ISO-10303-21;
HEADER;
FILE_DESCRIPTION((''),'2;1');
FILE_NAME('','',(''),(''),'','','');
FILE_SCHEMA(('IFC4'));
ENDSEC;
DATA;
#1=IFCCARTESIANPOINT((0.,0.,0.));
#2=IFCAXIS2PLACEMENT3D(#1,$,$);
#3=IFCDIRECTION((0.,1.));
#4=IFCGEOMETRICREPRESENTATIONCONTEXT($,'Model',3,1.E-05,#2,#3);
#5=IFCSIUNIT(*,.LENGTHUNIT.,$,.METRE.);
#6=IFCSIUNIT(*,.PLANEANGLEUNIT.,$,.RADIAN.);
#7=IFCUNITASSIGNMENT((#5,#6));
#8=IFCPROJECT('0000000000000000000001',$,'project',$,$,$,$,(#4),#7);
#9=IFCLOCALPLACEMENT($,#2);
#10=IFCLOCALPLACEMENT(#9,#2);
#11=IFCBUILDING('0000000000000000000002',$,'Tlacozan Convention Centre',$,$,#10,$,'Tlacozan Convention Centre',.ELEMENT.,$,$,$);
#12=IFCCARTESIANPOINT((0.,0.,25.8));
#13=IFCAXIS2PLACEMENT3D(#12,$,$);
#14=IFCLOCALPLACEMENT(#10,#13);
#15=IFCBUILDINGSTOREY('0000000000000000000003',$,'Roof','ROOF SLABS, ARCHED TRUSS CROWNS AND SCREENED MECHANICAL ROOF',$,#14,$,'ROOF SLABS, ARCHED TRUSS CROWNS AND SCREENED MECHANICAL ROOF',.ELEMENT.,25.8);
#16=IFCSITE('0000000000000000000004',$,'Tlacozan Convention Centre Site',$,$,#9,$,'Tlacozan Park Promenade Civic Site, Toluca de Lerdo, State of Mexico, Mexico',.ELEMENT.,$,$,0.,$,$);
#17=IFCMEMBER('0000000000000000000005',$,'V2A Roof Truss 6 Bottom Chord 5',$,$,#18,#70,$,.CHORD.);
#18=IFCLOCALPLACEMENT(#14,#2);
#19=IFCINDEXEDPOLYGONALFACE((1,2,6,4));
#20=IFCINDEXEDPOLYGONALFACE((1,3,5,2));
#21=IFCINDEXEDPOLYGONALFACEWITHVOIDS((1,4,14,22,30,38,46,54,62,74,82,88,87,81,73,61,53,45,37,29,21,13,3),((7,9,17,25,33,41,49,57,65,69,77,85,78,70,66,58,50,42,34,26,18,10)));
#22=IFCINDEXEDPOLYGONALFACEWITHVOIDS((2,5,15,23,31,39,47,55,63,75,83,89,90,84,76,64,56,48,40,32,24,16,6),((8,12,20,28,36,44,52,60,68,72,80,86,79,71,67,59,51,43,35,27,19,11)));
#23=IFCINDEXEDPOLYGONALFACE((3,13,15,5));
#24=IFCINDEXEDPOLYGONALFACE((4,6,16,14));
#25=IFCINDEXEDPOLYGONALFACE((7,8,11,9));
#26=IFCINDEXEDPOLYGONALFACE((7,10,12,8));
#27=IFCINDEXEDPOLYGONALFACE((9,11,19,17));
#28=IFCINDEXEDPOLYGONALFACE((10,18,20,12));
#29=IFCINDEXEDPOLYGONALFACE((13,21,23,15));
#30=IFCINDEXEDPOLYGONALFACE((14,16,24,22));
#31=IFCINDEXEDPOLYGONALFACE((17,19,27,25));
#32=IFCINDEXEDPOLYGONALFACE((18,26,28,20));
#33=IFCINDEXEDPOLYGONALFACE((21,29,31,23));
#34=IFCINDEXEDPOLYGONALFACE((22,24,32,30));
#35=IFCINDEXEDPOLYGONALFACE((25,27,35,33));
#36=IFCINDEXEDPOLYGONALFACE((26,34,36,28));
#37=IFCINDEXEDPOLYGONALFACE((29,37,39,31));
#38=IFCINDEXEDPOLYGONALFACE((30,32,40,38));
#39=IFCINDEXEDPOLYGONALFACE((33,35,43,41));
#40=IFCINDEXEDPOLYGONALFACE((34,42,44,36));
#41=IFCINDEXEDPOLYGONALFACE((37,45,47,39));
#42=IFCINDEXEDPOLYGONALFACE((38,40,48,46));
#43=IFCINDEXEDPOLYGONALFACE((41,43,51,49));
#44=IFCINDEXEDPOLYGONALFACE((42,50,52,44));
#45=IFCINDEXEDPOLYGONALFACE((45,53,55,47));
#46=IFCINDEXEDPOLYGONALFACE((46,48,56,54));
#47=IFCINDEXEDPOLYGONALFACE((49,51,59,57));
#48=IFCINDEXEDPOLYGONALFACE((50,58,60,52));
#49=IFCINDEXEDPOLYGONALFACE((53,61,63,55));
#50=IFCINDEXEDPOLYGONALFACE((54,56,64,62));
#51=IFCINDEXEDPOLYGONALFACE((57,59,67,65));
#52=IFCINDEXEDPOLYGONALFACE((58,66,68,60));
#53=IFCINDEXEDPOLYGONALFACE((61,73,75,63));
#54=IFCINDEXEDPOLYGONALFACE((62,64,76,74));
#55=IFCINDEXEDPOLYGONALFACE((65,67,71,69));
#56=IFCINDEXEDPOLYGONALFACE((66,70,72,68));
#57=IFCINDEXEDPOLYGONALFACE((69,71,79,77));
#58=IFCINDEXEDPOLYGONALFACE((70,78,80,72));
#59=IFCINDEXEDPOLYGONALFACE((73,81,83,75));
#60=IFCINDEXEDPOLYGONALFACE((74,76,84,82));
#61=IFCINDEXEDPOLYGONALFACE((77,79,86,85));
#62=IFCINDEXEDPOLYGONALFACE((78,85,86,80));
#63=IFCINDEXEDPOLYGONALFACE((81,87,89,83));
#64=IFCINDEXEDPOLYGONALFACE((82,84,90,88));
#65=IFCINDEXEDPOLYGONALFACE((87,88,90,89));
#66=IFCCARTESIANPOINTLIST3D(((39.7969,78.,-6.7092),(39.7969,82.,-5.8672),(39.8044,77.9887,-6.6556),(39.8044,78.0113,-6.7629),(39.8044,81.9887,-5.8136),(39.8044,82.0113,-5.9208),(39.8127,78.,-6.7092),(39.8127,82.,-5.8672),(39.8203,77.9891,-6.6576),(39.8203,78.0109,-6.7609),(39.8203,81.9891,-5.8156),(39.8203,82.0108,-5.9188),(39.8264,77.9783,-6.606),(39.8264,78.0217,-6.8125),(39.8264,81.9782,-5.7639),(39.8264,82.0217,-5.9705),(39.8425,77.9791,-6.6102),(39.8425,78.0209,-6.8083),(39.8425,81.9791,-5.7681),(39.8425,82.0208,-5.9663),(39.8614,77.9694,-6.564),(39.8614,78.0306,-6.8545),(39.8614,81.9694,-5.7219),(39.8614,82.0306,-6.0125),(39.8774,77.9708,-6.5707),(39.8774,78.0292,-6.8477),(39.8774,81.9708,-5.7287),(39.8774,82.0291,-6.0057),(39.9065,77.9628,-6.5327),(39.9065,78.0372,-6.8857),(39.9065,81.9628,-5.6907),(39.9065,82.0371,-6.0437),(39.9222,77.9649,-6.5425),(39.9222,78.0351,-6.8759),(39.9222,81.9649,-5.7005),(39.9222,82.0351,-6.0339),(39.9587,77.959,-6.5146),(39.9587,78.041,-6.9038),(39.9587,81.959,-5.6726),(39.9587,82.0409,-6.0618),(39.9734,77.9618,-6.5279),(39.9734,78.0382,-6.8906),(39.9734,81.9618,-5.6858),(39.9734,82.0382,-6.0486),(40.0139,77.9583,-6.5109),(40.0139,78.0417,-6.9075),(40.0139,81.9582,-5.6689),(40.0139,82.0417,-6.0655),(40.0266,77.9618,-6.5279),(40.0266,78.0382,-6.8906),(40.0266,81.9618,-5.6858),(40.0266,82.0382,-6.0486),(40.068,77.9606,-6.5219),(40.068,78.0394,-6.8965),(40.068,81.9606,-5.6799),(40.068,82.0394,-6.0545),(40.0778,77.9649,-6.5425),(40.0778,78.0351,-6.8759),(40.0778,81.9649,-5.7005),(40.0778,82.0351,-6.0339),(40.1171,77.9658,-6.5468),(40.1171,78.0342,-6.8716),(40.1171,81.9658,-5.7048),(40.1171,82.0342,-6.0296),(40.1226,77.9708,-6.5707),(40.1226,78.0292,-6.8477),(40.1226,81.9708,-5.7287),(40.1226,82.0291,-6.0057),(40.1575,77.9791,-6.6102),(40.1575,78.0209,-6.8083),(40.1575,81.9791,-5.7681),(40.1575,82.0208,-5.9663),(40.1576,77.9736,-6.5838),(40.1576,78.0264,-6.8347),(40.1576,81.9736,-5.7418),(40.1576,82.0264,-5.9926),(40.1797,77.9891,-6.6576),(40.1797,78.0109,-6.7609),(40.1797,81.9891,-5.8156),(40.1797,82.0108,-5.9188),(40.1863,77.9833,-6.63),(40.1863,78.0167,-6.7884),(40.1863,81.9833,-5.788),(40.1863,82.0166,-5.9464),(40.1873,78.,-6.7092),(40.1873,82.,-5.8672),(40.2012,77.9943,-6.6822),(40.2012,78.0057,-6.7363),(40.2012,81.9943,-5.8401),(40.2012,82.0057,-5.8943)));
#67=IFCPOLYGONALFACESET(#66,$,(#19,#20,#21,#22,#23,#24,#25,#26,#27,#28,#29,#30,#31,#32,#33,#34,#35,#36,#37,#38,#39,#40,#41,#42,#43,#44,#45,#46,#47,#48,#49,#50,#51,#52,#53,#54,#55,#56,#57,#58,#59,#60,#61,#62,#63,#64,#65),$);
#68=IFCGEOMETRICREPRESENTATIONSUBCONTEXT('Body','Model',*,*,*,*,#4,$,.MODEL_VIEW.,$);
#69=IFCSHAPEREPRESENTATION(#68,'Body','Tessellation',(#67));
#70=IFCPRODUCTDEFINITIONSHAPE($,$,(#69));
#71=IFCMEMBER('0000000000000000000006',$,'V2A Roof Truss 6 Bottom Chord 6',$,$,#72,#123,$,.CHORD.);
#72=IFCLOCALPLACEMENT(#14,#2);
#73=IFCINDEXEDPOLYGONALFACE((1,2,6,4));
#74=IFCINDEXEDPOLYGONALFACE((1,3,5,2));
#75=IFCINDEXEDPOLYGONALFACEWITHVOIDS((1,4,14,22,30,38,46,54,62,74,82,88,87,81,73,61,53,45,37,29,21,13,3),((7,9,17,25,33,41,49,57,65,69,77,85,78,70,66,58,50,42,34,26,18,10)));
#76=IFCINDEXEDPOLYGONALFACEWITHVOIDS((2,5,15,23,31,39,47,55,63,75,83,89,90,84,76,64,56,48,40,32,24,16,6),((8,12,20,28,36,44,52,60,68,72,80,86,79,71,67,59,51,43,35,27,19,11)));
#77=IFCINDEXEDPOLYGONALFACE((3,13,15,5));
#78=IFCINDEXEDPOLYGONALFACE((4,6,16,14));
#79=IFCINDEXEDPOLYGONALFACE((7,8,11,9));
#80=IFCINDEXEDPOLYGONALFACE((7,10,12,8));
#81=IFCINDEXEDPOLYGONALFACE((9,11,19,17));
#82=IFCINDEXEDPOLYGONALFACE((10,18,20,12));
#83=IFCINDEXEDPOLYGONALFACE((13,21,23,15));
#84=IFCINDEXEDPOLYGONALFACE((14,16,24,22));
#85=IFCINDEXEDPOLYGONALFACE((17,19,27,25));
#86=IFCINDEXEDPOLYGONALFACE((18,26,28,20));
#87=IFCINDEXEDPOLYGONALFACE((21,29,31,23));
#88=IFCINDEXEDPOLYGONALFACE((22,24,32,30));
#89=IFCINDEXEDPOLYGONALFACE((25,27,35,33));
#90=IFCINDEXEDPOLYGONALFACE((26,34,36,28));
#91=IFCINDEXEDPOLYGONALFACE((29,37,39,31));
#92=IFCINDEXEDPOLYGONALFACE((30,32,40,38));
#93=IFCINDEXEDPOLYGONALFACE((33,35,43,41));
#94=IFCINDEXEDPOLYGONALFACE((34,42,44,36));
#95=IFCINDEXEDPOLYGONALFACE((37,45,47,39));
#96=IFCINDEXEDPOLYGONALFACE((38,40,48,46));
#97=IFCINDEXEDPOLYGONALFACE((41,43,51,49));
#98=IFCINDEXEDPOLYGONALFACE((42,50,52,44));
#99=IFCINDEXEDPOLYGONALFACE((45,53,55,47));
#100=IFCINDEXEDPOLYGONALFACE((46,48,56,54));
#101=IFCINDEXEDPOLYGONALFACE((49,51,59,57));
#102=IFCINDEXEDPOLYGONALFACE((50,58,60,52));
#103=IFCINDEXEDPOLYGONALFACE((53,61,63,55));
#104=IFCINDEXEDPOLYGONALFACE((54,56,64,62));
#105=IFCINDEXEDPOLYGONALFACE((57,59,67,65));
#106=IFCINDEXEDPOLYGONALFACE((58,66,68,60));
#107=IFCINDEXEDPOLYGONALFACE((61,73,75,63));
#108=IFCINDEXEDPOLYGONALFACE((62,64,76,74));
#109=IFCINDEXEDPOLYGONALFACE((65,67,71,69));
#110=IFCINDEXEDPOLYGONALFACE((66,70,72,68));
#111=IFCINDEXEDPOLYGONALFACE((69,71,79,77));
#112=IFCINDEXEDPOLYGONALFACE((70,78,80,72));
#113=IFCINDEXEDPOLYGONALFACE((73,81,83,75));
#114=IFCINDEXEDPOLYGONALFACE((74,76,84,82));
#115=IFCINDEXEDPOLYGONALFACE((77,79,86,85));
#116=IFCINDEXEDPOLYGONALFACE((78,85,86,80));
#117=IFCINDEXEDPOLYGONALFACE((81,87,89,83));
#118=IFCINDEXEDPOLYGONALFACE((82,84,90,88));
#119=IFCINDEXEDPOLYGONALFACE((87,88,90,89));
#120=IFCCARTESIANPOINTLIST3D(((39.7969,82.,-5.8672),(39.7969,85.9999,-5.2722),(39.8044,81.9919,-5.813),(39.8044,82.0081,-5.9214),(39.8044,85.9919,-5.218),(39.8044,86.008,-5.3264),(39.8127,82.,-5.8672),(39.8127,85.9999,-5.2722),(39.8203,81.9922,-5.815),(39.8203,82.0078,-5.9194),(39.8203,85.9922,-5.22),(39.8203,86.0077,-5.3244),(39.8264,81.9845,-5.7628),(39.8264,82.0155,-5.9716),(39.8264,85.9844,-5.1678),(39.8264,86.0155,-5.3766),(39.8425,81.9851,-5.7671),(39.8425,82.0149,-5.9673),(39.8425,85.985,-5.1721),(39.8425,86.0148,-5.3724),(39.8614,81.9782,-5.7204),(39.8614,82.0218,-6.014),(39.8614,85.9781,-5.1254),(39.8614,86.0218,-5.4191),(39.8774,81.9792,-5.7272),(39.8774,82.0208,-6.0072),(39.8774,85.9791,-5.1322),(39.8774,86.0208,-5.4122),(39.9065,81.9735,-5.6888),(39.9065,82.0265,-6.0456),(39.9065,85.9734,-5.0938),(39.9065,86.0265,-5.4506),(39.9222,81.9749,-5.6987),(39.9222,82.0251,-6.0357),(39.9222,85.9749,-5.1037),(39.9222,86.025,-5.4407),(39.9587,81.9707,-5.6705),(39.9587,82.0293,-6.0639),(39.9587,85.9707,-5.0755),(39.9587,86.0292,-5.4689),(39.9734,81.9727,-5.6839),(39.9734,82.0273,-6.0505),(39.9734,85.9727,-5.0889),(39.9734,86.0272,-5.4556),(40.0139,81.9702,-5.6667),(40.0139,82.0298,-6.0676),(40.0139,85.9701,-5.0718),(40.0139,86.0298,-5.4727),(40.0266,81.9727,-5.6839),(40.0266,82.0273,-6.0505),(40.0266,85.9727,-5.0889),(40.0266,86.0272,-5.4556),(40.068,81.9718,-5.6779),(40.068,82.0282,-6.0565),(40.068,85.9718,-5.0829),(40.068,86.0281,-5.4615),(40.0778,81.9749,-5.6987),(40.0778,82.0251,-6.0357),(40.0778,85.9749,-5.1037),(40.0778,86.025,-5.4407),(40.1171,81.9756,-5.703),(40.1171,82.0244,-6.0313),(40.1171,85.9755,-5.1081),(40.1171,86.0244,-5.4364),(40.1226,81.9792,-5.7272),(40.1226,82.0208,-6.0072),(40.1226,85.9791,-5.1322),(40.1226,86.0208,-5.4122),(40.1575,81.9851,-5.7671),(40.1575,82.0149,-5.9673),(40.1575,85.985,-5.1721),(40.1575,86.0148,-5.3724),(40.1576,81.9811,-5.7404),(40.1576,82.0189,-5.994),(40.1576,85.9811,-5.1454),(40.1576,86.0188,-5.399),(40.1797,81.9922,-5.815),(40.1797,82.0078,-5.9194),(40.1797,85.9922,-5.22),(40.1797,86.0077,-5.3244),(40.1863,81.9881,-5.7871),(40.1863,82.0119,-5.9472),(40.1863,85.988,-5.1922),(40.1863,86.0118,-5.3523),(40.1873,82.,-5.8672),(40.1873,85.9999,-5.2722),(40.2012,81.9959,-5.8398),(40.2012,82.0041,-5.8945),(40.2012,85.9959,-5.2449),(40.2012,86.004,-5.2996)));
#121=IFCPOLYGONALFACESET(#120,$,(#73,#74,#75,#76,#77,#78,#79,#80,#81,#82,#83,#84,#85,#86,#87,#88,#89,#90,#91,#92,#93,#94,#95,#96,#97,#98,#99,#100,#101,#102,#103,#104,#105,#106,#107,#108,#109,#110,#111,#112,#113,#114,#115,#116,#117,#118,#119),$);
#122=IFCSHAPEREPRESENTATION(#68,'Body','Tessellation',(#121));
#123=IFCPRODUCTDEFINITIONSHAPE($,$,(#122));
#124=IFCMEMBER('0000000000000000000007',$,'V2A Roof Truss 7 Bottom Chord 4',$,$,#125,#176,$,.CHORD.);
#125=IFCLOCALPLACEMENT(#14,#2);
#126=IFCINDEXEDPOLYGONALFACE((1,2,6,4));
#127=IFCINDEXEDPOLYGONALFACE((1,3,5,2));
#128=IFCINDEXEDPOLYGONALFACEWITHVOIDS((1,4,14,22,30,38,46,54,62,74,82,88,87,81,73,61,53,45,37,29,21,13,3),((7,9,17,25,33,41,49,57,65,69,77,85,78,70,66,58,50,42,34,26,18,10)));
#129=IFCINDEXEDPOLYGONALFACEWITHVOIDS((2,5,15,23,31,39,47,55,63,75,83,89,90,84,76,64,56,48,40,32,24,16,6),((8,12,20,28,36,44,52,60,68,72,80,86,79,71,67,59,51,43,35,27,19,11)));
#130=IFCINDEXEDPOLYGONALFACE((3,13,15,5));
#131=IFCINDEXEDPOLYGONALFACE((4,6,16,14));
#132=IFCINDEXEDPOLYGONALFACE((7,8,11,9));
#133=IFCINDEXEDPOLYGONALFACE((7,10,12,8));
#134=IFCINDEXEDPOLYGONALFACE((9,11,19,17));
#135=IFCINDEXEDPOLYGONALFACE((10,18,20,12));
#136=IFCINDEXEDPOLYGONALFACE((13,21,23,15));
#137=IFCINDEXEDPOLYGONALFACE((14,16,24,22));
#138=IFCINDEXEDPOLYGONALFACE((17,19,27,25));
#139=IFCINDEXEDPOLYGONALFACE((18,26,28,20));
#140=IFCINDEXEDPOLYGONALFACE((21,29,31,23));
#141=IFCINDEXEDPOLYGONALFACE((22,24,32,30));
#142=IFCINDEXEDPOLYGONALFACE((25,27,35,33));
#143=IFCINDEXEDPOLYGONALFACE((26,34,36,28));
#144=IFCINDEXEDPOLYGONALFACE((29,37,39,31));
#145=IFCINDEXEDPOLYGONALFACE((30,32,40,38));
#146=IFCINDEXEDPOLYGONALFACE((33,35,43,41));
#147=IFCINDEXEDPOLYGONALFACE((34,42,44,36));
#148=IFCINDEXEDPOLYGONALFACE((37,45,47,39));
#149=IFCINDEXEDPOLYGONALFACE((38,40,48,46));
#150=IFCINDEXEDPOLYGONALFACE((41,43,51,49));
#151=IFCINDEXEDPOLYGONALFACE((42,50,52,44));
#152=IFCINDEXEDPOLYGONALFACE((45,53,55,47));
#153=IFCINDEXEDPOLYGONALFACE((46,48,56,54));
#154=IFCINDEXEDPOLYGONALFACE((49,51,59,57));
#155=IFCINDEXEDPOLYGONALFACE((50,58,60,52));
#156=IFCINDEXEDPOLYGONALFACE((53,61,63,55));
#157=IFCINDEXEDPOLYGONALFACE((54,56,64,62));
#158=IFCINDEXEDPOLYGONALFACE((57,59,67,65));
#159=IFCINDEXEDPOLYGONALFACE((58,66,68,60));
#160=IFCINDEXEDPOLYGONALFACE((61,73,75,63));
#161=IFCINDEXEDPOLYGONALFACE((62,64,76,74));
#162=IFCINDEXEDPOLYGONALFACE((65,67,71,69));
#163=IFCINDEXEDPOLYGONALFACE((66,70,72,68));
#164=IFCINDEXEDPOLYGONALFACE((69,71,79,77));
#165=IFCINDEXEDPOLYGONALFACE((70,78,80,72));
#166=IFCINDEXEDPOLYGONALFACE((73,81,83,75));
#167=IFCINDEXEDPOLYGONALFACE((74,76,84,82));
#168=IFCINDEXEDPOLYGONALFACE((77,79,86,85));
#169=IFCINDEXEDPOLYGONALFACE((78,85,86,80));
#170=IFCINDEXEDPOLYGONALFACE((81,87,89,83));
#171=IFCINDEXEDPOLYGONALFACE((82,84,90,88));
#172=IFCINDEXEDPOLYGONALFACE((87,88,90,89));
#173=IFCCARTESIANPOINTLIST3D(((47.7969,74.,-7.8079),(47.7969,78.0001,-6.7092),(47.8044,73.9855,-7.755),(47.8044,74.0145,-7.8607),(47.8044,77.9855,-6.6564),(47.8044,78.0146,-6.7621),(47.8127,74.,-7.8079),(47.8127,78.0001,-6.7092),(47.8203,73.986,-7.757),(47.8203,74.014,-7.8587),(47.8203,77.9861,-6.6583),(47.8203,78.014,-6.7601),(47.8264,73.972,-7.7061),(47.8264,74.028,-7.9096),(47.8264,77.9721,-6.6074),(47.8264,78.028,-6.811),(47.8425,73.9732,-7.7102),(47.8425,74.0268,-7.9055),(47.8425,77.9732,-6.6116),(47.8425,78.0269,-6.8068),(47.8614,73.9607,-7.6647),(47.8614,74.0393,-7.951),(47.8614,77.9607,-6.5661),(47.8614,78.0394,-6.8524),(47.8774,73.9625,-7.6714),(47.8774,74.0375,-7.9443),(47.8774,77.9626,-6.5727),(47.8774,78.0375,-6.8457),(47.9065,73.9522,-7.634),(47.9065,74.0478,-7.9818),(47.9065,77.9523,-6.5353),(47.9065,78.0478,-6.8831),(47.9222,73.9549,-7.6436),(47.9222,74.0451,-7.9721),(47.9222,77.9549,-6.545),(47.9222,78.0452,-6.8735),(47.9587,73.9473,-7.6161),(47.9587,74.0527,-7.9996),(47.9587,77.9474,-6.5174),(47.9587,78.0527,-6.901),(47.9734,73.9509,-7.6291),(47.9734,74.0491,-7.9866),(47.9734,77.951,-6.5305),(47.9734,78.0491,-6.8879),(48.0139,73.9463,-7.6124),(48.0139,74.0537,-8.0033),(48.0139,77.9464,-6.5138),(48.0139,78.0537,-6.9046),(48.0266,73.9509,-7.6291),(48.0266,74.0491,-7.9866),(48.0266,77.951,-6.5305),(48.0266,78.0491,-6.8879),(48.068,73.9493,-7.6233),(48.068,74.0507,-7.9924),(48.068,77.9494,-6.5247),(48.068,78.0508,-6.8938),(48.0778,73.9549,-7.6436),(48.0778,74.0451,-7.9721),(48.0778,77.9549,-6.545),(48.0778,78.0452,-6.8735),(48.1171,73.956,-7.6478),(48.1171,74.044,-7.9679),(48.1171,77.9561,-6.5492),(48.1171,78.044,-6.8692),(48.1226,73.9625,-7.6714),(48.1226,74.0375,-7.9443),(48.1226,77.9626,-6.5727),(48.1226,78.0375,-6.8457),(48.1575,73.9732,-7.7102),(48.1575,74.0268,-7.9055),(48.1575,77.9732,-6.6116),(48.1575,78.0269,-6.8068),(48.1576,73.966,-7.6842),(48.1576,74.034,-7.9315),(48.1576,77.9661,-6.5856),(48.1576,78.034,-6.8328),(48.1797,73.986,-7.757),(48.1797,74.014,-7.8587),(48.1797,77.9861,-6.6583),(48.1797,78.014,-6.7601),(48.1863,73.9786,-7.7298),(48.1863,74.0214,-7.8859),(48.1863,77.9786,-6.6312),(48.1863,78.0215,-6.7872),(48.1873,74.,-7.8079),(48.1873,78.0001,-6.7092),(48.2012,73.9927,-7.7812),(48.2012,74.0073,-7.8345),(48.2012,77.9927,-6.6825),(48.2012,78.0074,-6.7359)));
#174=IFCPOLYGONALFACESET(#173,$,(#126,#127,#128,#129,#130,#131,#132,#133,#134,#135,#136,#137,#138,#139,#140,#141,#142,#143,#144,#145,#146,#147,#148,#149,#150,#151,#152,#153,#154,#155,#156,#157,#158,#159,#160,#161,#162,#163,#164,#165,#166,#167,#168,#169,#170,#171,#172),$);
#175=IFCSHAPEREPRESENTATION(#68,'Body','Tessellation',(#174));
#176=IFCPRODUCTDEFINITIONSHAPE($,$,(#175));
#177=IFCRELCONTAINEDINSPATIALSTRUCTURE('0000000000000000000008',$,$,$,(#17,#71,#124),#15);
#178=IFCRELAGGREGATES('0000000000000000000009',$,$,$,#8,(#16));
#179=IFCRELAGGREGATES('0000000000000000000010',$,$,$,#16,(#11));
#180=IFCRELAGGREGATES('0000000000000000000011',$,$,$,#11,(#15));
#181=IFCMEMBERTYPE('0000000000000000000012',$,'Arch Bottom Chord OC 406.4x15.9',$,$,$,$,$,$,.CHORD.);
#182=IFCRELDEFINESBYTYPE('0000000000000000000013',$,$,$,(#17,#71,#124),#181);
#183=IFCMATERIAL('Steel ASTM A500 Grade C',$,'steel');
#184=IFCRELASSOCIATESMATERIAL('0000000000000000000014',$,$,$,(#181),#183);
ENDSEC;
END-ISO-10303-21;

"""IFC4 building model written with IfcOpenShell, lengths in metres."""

from ifc_helpers import new_model, si_unit, direction, frame, origin, origin_2d, place, context, subcontext, project, spatial, hollow_circle, extrude, material, material_profile, profile_set, type_object, element, save


model = new_model("IFC4")

# Units and contexts
model_context = context("Model", 3, precision=1e-05, world=origin(), true_north=direction((0.0, 1.0)))
body_context = subcontext(model_context, "Body", "Model", "MODEL_VIEW")
ifc_project = project(units=[si_unit("LENGTHUNIT", "METRE"), si_unit("PLANEANGLEUNIT", "RADIAN")], contexts=[model_context])

# Site, building, storey
site_placement = place(None, origin())
site = spatial("IfcSite", under=ifc_project, at=site_placement, Name="Tlacozan Convention Centre Site", LongName="Tlacozan Park Promenade Civic Site, Toluca de Lerdo, State of Mexico, Mexico", CompositionType="ELEMENT", RefElevation=0.0)
building_placement = place(site_placement, origin())
building = spatial("IfcBuilding", under=site, at=building_placement, Name="Tlacozan Convention Centre", LongName="Tlacozan Convention Centre", CompositionType="ELEMENT")
storey_placement = place(building_placement, frame((0.0, 0.0, 25.8)))
storey = spatial("IfcBuildingStorey", under=building, at=storey_placement, Name="Roof", Description="ROOF SLABS, ARCHED TRUSS CROWNS AND SCREENED MECHANICAL ROOF", LongName="ROOF SLABS, ARCHED TRUSS CROWNS AND SCREENED MECHANICAL ROOF", CompositionType="ELEMENT", Elevation=25.8)

# Members
ifc_material_1 = material(Name="Steel ASTM A500 Grade C", Category="steel")
ifc_material_profile_1 = material_profile(ifc_material_1, hollow_circle(Radius=0.2031, WallThickness=0.0159, at=origin_2d()), Name="OC 406.4x15.9")
ifc_profile_set_1 = profile_set([ifc_material_profile_1], Name="Steel ASTM A500 Grade C")
member_type_1 = type_object("IfcMemberType", Name="Arch Bottom Chord OC 406.4x15.9", PredefinedType="CHORD", material=ifc_profile_set_1)
member_1_placement = place(storey_placement, frame((40.0, 78.0, -6.7092), z_axis=(0.0, 0.978553, 0.205995), x_axis=(-1.0, 0.0, 0.0)))
element("IfcMember", 1, at=member_1_placement, inside=storey, type_object=member_type_1, Name="V2A Roof Truss 6 Bottom Chord 5", PredefinedType="CHORD", context=body_context, shape_type="SweptSolid", body=[
    extrude(hollow_circle(Radius=0.2031, WallThickness=0.0159, at=origin_2d()), origin(), (0.0, 0.0, 1.0), 4.0876),
])
member_2_placement = place(storey_placement, frame((40.0, 82.0, -5.8672), z_axis=(0.0, 0.989118, 0.147124), x_axis=(-1.0, 0.0, 0.0)))
element("IfcMember", 2, at=member_2_placement, inside=storey, type_object=member_type_1, Name="V2A Roof Truss 6 Bottom Chord 6", PredefinedType="CHORD", context=body_context, shape_type="SweptSolid", body=[
    extrude(hollow_circle(Radius=0.2031, WallThickness=0.0159, at=origin_2d()), origin(), (0.0, 0.0, 1.0), 4.0439),
])
member_3_placement = place(storey_placement, frame((48.0, 74.0, -7.8079), z_axis=(0.0, 0.96429, 0.26485), x_axis=(-1.0, 0.0, 0.0)))
element("IfcMember", 3, at=member_3_placement, inside=storey, type_object=member_type_1, Name="V2A Roof Truss 7 Bottom Chord 4", PredefinedType="CHORD", context=body_context, shape_type="SweptSolid", body=[
    extrude(hollow_circle(Radius=0.2031, WallThickness=0.0159, at=origin_2d()), origin(), (0.0, 0.0, 1.0), 4.1482),
])

save(model, "model.ifc")
